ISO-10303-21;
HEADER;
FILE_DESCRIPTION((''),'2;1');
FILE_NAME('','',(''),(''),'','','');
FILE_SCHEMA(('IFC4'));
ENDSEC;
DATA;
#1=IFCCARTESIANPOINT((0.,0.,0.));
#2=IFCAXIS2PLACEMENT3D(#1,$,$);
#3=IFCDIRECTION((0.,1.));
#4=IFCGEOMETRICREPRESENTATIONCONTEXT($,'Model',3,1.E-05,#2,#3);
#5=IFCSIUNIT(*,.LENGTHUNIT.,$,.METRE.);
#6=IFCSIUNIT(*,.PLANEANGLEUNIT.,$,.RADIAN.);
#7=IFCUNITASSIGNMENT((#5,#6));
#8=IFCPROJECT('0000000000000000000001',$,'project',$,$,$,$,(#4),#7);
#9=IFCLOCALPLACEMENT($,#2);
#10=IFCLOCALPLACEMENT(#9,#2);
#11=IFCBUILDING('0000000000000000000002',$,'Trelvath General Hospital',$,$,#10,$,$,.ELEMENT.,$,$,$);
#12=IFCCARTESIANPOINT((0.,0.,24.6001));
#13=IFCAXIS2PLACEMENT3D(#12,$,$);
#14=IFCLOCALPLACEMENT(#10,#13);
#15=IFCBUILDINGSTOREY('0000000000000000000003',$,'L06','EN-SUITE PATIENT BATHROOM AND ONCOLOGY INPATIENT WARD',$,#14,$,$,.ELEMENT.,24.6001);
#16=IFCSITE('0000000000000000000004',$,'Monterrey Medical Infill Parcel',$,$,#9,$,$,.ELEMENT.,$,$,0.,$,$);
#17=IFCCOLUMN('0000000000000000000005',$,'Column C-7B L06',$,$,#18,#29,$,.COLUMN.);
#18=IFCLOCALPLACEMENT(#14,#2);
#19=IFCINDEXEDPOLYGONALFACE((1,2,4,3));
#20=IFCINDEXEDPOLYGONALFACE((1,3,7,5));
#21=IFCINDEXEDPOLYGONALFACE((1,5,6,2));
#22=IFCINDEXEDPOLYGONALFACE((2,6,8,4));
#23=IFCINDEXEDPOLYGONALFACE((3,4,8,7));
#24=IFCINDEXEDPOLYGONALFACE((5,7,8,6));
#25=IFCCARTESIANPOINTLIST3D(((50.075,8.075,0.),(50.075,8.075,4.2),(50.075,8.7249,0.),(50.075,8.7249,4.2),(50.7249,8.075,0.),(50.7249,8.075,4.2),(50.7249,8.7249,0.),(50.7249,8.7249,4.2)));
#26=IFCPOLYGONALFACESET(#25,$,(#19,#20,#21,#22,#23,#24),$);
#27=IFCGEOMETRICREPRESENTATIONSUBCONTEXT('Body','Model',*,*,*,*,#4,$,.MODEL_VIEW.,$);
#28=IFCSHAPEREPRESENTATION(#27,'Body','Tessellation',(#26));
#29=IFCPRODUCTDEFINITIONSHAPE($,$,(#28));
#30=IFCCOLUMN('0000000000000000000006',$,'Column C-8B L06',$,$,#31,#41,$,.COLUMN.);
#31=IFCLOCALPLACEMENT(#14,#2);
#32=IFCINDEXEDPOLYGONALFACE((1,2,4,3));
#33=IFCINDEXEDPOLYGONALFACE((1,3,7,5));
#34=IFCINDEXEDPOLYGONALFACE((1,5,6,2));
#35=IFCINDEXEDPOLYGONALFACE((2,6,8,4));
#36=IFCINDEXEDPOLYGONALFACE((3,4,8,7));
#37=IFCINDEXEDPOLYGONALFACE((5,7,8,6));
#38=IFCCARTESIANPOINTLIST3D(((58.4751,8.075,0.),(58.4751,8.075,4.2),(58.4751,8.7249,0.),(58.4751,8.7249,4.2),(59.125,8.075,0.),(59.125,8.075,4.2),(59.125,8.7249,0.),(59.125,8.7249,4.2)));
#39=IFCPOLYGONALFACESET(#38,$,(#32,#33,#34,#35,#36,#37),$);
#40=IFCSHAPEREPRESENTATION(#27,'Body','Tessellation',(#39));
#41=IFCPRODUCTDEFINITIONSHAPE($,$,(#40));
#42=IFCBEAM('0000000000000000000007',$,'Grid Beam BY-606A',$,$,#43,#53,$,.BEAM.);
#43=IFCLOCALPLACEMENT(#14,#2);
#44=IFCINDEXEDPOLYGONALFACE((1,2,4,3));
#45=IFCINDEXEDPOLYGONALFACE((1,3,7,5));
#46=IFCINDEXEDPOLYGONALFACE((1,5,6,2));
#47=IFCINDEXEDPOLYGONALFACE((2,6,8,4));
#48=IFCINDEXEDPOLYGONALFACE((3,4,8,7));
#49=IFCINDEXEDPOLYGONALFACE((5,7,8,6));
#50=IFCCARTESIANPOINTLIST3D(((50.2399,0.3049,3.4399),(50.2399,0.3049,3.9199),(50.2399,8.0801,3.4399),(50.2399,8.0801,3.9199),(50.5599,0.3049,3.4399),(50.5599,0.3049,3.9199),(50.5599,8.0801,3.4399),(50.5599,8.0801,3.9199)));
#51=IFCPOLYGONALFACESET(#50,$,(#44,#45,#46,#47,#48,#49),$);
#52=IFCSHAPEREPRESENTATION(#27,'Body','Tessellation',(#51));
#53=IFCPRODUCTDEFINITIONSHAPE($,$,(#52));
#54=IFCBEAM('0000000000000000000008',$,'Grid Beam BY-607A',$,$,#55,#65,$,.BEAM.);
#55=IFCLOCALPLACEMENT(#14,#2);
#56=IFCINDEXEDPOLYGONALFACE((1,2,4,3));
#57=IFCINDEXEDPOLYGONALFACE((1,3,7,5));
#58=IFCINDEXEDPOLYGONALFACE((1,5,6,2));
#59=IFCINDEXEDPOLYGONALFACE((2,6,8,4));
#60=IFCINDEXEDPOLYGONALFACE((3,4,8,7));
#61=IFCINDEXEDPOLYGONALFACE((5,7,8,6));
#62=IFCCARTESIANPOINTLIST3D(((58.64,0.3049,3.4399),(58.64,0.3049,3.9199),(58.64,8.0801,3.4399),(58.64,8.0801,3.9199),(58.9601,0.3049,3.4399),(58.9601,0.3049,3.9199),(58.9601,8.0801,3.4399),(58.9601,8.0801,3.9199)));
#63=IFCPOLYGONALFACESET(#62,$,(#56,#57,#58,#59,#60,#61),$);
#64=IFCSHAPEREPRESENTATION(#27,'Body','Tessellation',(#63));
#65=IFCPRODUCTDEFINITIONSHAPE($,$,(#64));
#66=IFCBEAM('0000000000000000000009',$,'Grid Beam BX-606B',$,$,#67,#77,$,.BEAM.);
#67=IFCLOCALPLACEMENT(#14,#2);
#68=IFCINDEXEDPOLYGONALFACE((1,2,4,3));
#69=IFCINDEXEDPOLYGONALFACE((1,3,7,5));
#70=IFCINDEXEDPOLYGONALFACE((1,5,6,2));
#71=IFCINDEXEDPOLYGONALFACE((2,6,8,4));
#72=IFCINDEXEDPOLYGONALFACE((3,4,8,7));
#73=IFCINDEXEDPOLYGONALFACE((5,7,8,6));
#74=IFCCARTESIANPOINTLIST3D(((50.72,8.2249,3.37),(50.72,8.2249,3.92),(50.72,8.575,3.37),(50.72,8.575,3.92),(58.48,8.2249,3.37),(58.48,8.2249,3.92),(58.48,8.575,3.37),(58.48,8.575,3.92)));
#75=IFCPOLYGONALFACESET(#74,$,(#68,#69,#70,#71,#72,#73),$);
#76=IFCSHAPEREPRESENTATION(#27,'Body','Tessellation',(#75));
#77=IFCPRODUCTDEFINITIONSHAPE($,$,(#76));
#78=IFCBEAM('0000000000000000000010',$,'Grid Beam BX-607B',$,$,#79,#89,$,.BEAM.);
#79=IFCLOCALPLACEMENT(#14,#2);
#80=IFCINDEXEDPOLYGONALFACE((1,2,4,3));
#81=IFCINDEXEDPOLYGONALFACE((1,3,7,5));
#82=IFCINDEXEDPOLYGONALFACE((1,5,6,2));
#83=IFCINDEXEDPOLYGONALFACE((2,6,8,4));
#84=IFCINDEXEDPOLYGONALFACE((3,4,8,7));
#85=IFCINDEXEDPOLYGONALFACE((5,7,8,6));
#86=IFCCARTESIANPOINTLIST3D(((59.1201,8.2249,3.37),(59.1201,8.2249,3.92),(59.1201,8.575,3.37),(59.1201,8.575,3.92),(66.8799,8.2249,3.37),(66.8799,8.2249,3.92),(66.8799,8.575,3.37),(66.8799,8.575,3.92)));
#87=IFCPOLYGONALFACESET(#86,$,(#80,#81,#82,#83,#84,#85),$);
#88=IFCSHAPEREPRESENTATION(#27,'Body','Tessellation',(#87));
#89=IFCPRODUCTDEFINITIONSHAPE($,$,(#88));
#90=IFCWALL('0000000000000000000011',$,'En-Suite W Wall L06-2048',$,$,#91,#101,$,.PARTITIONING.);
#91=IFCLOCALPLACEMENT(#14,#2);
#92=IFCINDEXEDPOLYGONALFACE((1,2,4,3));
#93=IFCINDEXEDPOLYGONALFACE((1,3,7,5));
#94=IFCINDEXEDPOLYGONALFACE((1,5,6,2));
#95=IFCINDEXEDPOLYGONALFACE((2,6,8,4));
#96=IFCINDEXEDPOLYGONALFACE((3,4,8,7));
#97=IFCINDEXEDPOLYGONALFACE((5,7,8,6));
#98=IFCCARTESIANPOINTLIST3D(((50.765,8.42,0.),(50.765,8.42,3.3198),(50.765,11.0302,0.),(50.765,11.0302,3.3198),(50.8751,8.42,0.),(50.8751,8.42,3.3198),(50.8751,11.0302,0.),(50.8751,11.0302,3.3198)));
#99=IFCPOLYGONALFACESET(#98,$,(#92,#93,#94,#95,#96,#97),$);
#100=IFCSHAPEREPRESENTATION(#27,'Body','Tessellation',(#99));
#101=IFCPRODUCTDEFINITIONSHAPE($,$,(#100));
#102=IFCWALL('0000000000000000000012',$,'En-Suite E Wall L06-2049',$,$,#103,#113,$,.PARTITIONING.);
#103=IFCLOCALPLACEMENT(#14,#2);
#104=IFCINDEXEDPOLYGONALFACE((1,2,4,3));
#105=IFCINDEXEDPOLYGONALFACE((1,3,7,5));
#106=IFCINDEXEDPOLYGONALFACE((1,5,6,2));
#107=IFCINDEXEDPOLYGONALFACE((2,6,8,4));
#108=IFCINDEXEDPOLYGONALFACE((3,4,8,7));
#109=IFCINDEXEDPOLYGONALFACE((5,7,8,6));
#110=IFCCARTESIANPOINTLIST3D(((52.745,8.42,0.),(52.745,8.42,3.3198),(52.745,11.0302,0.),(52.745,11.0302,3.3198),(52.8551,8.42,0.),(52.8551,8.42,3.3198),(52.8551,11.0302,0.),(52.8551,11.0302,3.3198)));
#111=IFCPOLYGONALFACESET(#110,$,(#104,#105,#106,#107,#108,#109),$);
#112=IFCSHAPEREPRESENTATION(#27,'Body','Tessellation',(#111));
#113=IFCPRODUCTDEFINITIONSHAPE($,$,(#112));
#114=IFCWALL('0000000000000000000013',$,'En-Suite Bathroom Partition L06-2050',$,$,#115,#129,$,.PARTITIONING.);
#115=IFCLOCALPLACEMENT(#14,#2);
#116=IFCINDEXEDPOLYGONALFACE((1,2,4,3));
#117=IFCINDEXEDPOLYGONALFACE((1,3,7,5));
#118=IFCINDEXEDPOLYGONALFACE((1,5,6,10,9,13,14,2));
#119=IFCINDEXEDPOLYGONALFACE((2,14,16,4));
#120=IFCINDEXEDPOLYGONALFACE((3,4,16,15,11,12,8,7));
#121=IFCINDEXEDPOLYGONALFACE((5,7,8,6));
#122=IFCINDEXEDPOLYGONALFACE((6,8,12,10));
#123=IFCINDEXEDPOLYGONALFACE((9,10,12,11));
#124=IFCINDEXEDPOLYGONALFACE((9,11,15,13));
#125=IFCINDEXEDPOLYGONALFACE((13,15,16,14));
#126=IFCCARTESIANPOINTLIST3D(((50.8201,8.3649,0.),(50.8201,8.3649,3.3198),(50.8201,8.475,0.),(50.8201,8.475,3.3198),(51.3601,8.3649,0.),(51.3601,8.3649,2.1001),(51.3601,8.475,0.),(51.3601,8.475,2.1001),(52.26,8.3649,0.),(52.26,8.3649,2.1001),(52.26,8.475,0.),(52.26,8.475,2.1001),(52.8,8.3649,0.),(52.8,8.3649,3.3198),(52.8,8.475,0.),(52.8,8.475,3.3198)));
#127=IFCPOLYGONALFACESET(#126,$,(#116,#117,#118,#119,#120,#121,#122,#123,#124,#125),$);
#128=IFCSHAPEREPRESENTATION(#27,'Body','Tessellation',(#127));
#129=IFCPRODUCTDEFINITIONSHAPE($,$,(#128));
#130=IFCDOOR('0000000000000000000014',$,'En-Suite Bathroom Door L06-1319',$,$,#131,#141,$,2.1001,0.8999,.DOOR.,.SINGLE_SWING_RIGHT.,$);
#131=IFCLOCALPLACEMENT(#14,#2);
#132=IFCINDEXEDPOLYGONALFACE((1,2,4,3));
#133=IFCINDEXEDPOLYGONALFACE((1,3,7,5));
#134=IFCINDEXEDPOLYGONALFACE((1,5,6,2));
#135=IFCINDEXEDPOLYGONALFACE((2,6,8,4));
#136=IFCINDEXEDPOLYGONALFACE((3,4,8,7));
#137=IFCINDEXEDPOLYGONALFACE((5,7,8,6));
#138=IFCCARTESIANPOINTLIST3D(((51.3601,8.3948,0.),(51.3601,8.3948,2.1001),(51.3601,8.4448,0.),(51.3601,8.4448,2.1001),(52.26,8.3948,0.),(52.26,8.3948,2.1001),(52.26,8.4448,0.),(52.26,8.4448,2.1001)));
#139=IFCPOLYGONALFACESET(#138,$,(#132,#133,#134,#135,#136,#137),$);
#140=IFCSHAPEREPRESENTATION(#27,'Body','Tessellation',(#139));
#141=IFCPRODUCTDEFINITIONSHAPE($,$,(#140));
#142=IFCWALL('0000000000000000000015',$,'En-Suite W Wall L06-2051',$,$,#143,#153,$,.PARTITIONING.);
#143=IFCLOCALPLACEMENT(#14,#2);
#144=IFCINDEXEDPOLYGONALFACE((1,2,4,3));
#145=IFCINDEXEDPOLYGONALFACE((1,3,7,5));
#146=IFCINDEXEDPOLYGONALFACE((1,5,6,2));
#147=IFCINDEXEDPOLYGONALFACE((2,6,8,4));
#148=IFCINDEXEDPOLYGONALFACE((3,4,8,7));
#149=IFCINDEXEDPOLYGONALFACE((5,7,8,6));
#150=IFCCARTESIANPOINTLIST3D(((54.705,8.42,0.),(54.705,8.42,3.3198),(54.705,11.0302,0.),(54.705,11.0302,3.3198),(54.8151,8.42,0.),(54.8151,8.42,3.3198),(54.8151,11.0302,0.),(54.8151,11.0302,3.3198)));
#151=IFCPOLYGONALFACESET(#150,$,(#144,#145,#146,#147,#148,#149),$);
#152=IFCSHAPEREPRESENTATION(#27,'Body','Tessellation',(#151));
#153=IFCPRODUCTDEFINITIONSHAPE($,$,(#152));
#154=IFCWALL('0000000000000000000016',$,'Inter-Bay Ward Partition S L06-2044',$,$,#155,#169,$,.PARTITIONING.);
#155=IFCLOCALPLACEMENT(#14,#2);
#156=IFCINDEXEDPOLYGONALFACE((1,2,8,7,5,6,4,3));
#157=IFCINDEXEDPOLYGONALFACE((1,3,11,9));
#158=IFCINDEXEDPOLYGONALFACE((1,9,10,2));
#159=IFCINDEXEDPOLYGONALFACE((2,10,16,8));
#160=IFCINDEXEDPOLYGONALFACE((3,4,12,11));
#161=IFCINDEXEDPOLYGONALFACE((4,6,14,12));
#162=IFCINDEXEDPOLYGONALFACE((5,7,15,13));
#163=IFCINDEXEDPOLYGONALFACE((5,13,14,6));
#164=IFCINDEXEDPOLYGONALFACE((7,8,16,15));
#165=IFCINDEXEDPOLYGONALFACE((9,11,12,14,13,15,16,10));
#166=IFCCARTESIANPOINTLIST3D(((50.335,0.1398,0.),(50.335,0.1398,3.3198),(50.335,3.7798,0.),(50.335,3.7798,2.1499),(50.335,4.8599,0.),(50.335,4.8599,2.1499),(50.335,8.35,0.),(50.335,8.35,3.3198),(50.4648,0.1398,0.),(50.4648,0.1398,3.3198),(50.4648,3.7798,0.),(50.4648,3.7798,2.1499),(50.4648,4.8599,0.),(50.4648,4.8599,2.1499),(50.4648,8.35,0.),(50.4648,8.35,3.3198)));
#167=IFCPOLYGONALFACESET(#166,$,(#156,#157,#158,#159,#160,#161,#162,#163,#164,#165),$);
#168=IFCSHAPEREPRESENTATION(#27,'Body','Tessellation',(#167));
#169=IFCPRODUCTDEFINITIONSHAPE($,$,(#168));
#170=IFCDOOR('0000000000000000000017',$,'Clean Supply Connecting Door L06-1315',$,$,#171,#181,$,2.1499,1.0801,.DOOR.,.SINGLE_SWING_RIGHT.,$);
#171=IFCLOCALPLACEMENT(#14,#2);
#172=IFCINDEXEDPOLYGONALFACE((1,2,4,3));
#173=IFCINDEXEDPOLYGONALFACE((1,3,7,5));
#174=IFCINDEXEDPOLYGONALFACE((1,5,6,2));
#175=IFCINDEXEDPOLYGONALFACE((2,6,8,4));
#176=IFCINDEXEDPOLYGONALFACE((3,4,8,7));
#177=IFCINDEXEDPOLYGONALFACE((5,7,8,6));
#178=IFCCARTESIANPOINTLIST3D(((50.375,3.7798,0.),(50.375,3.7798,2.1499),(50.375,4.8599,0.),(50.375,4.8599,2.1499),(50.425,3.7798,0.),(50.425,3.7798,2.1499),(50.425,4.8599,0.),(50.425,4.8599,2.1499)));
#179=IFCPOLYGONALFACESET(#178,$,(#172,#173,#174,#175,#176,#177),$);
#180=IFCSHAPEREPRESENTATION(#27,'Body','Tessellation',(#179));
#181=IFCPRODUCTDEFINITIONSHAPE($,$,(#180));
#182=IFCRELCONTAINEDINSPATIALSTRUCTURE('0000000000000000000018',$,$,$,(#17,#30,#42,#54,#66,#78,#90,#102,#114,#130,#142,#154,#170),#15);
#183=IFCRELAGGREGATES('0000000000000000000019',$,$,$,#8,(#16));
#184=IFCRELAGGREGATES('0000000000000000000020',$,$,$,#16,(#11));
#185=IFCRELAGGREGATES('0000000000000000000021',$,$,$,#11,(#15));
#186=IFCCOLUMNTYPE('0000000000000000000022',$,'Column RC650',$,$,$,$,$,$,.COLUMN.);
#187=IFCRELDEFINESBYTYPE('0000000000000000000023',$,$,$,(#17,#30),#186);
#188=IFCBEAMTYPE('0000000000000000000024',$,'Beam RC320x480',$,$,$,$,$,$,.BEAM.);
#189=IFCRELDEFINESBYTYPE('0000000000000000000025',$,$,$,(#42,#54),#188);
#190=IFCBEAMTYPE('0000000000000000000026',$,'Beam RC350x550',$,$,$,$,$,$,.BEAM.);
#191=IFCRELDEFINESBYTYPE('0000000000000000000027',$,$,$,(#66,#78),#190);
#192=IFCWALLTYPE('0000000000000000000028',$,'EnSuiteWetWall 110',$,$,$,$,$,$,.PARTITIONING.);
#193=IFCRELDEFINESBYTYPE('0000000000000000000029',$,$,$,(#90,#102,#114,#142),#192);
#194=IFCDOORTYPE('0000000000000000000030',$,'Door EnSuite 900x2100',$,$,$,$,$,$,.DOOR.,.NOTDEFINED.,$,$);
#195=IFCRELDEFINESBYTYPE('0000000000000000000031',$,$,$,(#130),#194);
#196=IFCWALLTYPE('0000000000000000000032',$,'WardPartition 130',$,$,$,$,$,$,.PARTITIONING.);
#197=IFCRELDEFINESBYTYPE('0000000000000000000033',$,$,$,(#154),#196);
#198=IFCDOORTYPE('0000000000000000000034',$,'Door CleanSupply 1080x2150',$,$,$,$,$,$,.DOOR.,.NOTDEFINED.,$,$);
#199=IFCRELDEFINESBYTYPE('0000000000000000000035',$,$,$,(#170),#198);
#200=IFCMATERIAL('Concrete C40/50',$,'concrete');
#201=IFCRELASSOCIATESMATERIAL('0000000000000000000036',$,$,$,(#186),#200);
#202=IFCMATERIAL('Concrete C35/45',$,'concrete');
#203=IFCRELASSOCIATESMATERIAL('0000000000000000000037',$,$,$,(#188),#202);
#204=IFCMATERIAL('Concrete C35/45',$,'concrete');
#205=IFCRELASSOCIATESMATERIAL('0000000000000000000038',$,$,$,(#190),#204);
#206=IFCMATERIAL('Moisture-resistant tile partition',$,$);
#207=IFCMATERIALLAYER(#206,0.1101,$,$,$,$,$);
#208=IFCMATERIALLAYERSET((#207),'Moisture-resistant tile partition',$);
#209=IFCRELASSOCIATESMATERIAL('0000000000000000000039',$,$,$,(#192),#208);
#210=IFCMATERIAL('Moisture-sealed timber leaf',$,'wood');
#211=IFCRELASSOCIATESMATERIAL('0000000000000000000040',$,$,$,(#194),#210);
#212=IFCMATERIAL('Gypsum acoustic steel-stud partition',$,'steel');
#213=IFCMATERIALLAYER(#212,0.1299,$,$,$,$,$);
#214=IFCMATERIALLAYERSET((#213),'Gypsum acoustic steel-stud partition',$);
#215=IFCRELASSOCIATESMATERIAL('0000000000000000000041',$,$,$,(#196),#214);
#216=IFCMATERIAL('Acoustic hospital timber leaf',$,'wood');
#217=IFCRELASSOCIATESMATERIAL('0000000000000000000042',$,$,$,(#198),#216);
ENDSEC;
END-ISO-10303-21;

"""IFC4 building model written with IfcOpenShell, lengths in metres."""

from ifc_helpers import new_model, si_unit, direction, frame, frame_2d, origin, origin_2d, place, context, subcontext, project, spatial, rectangle, extrude, material, layer, layer_set, material_profile, profile_set, type_object, element, fill, save


model = new_model("IFC4")

# Units and contexts
model_context = context("Model", 3, precision=1e-05, world=origin(), true_north=direction((0.0, 1.0)))
body_context = subcontext(model_context, "Body", "Model", "MODEL_VIEW")
ifc_project = project(units=[si_unit("LENGTHUNIT", "METRE"), si_unit("PLANEANGLEUNIT", "RADIAN")], contexts=[model_context])

# Site, building, storey
site_placement = place(None, origin())
site = spatial("IfcSite", under=ifc_project, at=site_placement, Name="Monterrey Medical Infill Parcel", CompositionType="ELEMENT", RefElevation=0.0)
building_placement = place(site_placement, origin())
building = spatial("IfcBuilding", under=site, at=building_placement, Name="Trelvath General Hospital", CompositionType="ELEMENT")
storey_placement = place(building_placement, frame((0.0, 0.0, 24.6001)))
storey = spatial("IfcBuildingStorey", under=building, at=storey_placement, Name="L06", Description="EN-SUITE PATIENT BATHROOM AND ONCOLOGY INPATIENT WARD", CompositionType="ELEMENT", Elevation=24.6001)

# Columns
ifc_material_1 = material(Name="Concrete C40/50", Category="concrete")
ifc_material_profile_1 = material_profile(ifc_material_1, rectangle(XDim=0.6499, YDim=0.6499, at=origin_2d()), Name="RC650x650")
ifc_profile_set_1 = profile_set([ifc_material_profile_1], Name="Concrete C40/50")
column_type = type_object("IfcColumnType", Name="Column RC650", PredefinedType="COLUMN", material=ifc_profile_set_1)
for number, where, z_axis, x_axis, name in (
    (1, (50.3999, 8.3999, 0.0), (0.0, 0.0, 1.0), (1.0, 0.0, 0.0), "Column C-7B L06"),
    (2, (58.8, 8.3999, 0.0), (0.0, 0.0, 1.0), (1.0, 0.0, 0.0), "Column C-8B L06"),
):
    element("IfcColumn", number, at=place(storey_placement, frame(where, z_axis=z_axis, x_axis=x_axis)), inside=storey, type_object=column_type, Name=name, PredefinedType="COLUMN", context=body_context, shape_type="SweptSolid", body=[
        extrude(rectangle(XDim=0.6499, YDim=0.6499, at=origin_2d()), origin(), (0.0, 0.0, 1.0), 4.2),
    ])

# Beams
ifc_material_2 = material(Name="Concrete C35/45", Category="concrete")
ifc_material_profile_2 = material_profile(ifc_material_2, rectangle(XDim=0.3201, YDim=0.48, at=origin_2d()), Name="RCB320x480")
ifc_profile_set_2 = profile_set([ifc_material_profile_2], Name="Concrete C35/45")
beam_type_1 = type_object("IfcBeamType", Name="Beam RC320x480", PredefinedType="BEAM", material=ifc_profile_set_2)
for number, where, z_axis, x_axis, name in (
    (3, (50.3999, 0.3049, 3.6799), (0.0, 1.0, 0.0), (-1.0, 0.0, 0.0), "Grid Beam BY-606A"),
    (4, (58.8, 0.3049, 3.6799), (0.0, 1.0, 0.0), (-1.0, 0.0, 0.0), "Grid Beam BY-607A"),
):
    element("IfcBeam", number, at=place(storey_placement, frame(where, z_axis=z_axis, x_axis=x_axis)), inside=storey, type_object=beam_type_1, Name=name, PredefinedType="BEAM", context=body_context, shape_type="SweptSolid", body=[
        extrude(rectangle(XDim=0.3201, YDim=0.48, at=origin_2d()), origin(), (0.0, 0.0, 1.0), 7.7751),
    ])
ifc_material_3 = material(Name="Concrete C35/45", Category="concrete")
ifc_material_profile_3 = material_profile(ifc_material_3, rectangle(XDim=0.3501, YDim=0.55, at=origin_2d()), Name="RCB350x550")
ifc_profile_set_3 = profile_set([ifc_material_profile_3], Name="Concrete C35/45")
beam_type_2 = type_object("IfcBeamType", Name="Beam RC350x550", PredefinedType="BEAM", material=ifc_profile_set_3)
beam_1_placement = place(storey_placement, frame((50.72, 8.3999, 3.645), z_axis=(1.0, 0.0, 0.0), x_axis=(0.0, 1.0, 0.0)))
element("IfcBeam", 5, at=beam_1_placement, inside=storey, type_object=beam_type_2, Name="Grid Beam BX-606B", PredefinedType="BEAM", context=body_context, shape_type="SweptSolid", body=[
    extrude(rectangle(XDim=0.3501, YDim=0.55, at=origin_2d()), origin(), (0.0, 0.0, 1.0), 7.76),
])
beam_2_placement = place(storey_placement, frame((59.1201, 8.3999, 3.645), z_axis=(1.0, 0.0, 0.0), x_axis=(0.0, 1.0, 0.0)))
element("IfcBeam", 6, at=beam_2_placement, inside=storey, type_object=beam_type_2, Name="Grid Beam BX-607B", PredefinedType="BEAM", context=body_context, shape_type="SweptSolid", body=[
    extrude(rectangle(XDim=0.3501, YDim=0.55, at=origin_2d()), origin(), (0.0, 0.0, 1.0), 7.7598),
])

# Walls
ifc_material_4 = material(Name="Moisture-resistant tile partition")
ifc_layer_1 = layer(ifc_material_4, 0.1101)
ifc_layer_set_1 = layer_set([ifc_layer_1], Name="Moisture-resistant tile partition")
wall_type_1 = type_object("IfcWallType", Name="EnSuiteWetWall 110", PredefinedType="PARTITIONING", material=ifc_layer_set_1)
for number, where, z_axis, x_axis, name in (
    (7, (50.8201, 8.4199, 0.0), (0.0, 0.0, 1.0), (0.0, 1.0, 0.0), "En-Suite W Wall L06-2048"),
    (8, (52.8, 8.4199, 0.0), (0.0, 0.0, 1.0), (0.0, 1.0, 0.0), "En-Suite E Wall L06-2049"),
):
    element("IfcWall", number, at=place(storey_placement, frame(where, z_axis=z_axis, x_axis=x_axis)), inside=storey, type_object=wall_type_1, Name=name, PredefinedType="PARTITIONING", context=body_context, shape_type="SweptSolid", body=[
        extrude(rectangle(XDim=2.6101, YDim=0.1101, at=frame_2d((1.3052, 0.0))), origin(), (0.0, 0.0, 1.0), 3.3198),
    ])

# Wall, opening, door
wall_1_placement = place(storey_placement, frame((50.8201, 8.4199, 0.0), z_axis=(0.0, 0.0, 1.0), x_axis=(1.0, 0.0, 0.0)))
wall_1 = element("IfcWall", 9, at=wall_1_placement, inside=storey, type_object=wall_type_1, Name="En-Suite Bathroom Partition L06-2050", PredefinedType="PARTITIONING", context=body_context, shape_type="SweptSolid", body=[
    extrude(rectangle(XDim=1.98, YDim=0.1101, at=frame_2d((0.99, 0.0))), origin(), (0.0, 0.0, 1.0), 3.3198),
])
opening_1_placement = place(wall_1_placement, frame((0.54, 0.0, 0.0)))
opening_1 = element("IfcOpeningElement", 10, at=opening_1_placement, cuts=wall_1, PredefinedType="OPENING", context=body_context, shape_type="SweptSolid", body=[
    extrude(rectangle(XDim=0.8999, YDim=2.1001, at=frame_2d((0.45, 1.05))), frame((0.0, 0.0649, 0.0), z_axis=(0.0, -1.0, 0.0), x_axis=(1.0, 0.0, 0.0)), (0.0, 0.0, 1.0), 0.1301),
])
ifc_material_5 = material(Name="Moisture-sealed timber leaf", Category="wood")
door_type_1 = type_object("IfcDoorType", Name="Door EnSuite 900x2100", OperationType="NOTDEFINED", PredefinedType="DOOR", material=ifc_material_5)
door_1_placement = place(opening_1_placement, origin())
door_1 = element("IfcDoor", 11, at=door_1_placement, inside=storey, type_object=door_type_1, Name="En-Suite Bathroom Door L06-1319", OperationType="SINGLE_SWING_RIGHT", OverallHeight=2.1001, OverallWidth=0.8999, PredefinedType="DOOR", context=body_context, shape_type="SweptSolid", body=[
    extrude(rectangle(XDim=0.8999, YDim=2.1001, at=frame_2d((0.45, 1.05))), frame((0.0, 0.0249, 0.0), z_axis=(0.0, -1.0, 0.0), x_axis=(1.0, 0.0, 0.0)), (0.0, 0.0, 1.0), 0.05),
])
fill(opening_1, door_1)

# Wall
wall_2_placement = place(storey_placement, frame((54.76, 8.4199, 0.0), z_axis=(0.0, 0.0, 1.0), x_axis=(0.0, 1.0, 0.0)))
element("IfcWall", 12, at=wall_2_placement, inside=storey, type_object=wall_type_1, Name="En-Suite W Wall L06-2051", PredefinedType="PARTITIONING", context=body_context, shape_type="SweptSolid", body=[
    extrude(rectangle(XDim=2.6101, YDim=0.1101, at=frame_2d((1.3052, 0.0))), origin(), (0.0, 0.0, 1.0), 3.3198),
])

# Wall, opening, door
ifc_material_6 = material(Name="Gypsum acoustic steel-stud partition", Category="steel")
ifc_layer_2 = layer(ifc_material_6, 0.1299)
ifc_layer_set_2 = layer_set([ifc_layer_2], Name="Gypsum acoustic steel-stud partition")
wall_type_2 = type_object("IfcWallType", Name="WardPartition 130", PredefinedType="PARTITIONING", material=ifc_layer_set_2)
wall_3_placement = place(storey_placement, frame((50.3999, 0.1399, 0.0), z_axis=(0.0, 0.0, 1.0), x_axis=(0.0, 1.0, 0.0)))
wall_3 = element("IfcWall", 13, at=wall_3_placement, inside=storey, type_object=wall_type_2, Name="Inter-Bay Ward Partition S L06-2044", PredefinedType="PARTITIONING", context=body_context, shape_type="SweptSolid", body=[
    extrude(rectangle(XDim=8.2102, YDim=0.1299, at=frame_2d((4.105, 0.0))), origin(), (0.0, 0.0, 1.0), 3.3198),
])
opening_2_placement = place(wall_3_placement, frame((3.6399, 0.0, 0.0)))
opening_2 = element("IfcOpeningElement", 14, at=opening_2_placement, cuts=wall_3, PredefinedType="OPENING", context=body_context, shape_type="SweptSolid", body=[
    extrude(rectangle(XDim=1.0801, YDim=2.1499, at=frame_2d((0.54, 1.075))), frame((0.0, 0.075, 0.0), z_axis=(0.0, -1.0, 0.0), x_axis=(1.0, 0.0, 0.0)), (0.0, 0.0, 1.0), 0.1499),
])
ifc_material_7 = material(Name="Acoustic hospital timber leaf", Category="wood")
door_type_2 = type_object("IfcDoorType", Name="Door CleanSupply 1080x2150", OperationType="NOTDEFINED", PredefinedType="DOOR", material=ifc_material_7)
door_2_placement = place(opening_2_placement, origin())
door_2 = element("IfcDoor", 15, at=door_2_placement, inside=storey, type_object=door_type_2, Name="Clean Supply Connecting Door L06-1315", OperationType="SINGLE_SWING_RIGHT", OverallHeight=2.1499, OverallWidth=1.0801, PredefinedType="DOOR", context=body_context, shape_type="SweptSolid", body=[
    extrude(rectangle(XDim=1.0801, YDim=2.1499, at=frame_2d((0.54, 1.075))), frame((0.0, 0.0249, 0.0), z_axis=(0.0, -1.0, 0.0), x_axis=(1.0, 0.0, 0.0)), (0.0, 0.0, 1.0), 0.05),
])
fill(opening_2, door_2)

save(model, "model.ifc")
